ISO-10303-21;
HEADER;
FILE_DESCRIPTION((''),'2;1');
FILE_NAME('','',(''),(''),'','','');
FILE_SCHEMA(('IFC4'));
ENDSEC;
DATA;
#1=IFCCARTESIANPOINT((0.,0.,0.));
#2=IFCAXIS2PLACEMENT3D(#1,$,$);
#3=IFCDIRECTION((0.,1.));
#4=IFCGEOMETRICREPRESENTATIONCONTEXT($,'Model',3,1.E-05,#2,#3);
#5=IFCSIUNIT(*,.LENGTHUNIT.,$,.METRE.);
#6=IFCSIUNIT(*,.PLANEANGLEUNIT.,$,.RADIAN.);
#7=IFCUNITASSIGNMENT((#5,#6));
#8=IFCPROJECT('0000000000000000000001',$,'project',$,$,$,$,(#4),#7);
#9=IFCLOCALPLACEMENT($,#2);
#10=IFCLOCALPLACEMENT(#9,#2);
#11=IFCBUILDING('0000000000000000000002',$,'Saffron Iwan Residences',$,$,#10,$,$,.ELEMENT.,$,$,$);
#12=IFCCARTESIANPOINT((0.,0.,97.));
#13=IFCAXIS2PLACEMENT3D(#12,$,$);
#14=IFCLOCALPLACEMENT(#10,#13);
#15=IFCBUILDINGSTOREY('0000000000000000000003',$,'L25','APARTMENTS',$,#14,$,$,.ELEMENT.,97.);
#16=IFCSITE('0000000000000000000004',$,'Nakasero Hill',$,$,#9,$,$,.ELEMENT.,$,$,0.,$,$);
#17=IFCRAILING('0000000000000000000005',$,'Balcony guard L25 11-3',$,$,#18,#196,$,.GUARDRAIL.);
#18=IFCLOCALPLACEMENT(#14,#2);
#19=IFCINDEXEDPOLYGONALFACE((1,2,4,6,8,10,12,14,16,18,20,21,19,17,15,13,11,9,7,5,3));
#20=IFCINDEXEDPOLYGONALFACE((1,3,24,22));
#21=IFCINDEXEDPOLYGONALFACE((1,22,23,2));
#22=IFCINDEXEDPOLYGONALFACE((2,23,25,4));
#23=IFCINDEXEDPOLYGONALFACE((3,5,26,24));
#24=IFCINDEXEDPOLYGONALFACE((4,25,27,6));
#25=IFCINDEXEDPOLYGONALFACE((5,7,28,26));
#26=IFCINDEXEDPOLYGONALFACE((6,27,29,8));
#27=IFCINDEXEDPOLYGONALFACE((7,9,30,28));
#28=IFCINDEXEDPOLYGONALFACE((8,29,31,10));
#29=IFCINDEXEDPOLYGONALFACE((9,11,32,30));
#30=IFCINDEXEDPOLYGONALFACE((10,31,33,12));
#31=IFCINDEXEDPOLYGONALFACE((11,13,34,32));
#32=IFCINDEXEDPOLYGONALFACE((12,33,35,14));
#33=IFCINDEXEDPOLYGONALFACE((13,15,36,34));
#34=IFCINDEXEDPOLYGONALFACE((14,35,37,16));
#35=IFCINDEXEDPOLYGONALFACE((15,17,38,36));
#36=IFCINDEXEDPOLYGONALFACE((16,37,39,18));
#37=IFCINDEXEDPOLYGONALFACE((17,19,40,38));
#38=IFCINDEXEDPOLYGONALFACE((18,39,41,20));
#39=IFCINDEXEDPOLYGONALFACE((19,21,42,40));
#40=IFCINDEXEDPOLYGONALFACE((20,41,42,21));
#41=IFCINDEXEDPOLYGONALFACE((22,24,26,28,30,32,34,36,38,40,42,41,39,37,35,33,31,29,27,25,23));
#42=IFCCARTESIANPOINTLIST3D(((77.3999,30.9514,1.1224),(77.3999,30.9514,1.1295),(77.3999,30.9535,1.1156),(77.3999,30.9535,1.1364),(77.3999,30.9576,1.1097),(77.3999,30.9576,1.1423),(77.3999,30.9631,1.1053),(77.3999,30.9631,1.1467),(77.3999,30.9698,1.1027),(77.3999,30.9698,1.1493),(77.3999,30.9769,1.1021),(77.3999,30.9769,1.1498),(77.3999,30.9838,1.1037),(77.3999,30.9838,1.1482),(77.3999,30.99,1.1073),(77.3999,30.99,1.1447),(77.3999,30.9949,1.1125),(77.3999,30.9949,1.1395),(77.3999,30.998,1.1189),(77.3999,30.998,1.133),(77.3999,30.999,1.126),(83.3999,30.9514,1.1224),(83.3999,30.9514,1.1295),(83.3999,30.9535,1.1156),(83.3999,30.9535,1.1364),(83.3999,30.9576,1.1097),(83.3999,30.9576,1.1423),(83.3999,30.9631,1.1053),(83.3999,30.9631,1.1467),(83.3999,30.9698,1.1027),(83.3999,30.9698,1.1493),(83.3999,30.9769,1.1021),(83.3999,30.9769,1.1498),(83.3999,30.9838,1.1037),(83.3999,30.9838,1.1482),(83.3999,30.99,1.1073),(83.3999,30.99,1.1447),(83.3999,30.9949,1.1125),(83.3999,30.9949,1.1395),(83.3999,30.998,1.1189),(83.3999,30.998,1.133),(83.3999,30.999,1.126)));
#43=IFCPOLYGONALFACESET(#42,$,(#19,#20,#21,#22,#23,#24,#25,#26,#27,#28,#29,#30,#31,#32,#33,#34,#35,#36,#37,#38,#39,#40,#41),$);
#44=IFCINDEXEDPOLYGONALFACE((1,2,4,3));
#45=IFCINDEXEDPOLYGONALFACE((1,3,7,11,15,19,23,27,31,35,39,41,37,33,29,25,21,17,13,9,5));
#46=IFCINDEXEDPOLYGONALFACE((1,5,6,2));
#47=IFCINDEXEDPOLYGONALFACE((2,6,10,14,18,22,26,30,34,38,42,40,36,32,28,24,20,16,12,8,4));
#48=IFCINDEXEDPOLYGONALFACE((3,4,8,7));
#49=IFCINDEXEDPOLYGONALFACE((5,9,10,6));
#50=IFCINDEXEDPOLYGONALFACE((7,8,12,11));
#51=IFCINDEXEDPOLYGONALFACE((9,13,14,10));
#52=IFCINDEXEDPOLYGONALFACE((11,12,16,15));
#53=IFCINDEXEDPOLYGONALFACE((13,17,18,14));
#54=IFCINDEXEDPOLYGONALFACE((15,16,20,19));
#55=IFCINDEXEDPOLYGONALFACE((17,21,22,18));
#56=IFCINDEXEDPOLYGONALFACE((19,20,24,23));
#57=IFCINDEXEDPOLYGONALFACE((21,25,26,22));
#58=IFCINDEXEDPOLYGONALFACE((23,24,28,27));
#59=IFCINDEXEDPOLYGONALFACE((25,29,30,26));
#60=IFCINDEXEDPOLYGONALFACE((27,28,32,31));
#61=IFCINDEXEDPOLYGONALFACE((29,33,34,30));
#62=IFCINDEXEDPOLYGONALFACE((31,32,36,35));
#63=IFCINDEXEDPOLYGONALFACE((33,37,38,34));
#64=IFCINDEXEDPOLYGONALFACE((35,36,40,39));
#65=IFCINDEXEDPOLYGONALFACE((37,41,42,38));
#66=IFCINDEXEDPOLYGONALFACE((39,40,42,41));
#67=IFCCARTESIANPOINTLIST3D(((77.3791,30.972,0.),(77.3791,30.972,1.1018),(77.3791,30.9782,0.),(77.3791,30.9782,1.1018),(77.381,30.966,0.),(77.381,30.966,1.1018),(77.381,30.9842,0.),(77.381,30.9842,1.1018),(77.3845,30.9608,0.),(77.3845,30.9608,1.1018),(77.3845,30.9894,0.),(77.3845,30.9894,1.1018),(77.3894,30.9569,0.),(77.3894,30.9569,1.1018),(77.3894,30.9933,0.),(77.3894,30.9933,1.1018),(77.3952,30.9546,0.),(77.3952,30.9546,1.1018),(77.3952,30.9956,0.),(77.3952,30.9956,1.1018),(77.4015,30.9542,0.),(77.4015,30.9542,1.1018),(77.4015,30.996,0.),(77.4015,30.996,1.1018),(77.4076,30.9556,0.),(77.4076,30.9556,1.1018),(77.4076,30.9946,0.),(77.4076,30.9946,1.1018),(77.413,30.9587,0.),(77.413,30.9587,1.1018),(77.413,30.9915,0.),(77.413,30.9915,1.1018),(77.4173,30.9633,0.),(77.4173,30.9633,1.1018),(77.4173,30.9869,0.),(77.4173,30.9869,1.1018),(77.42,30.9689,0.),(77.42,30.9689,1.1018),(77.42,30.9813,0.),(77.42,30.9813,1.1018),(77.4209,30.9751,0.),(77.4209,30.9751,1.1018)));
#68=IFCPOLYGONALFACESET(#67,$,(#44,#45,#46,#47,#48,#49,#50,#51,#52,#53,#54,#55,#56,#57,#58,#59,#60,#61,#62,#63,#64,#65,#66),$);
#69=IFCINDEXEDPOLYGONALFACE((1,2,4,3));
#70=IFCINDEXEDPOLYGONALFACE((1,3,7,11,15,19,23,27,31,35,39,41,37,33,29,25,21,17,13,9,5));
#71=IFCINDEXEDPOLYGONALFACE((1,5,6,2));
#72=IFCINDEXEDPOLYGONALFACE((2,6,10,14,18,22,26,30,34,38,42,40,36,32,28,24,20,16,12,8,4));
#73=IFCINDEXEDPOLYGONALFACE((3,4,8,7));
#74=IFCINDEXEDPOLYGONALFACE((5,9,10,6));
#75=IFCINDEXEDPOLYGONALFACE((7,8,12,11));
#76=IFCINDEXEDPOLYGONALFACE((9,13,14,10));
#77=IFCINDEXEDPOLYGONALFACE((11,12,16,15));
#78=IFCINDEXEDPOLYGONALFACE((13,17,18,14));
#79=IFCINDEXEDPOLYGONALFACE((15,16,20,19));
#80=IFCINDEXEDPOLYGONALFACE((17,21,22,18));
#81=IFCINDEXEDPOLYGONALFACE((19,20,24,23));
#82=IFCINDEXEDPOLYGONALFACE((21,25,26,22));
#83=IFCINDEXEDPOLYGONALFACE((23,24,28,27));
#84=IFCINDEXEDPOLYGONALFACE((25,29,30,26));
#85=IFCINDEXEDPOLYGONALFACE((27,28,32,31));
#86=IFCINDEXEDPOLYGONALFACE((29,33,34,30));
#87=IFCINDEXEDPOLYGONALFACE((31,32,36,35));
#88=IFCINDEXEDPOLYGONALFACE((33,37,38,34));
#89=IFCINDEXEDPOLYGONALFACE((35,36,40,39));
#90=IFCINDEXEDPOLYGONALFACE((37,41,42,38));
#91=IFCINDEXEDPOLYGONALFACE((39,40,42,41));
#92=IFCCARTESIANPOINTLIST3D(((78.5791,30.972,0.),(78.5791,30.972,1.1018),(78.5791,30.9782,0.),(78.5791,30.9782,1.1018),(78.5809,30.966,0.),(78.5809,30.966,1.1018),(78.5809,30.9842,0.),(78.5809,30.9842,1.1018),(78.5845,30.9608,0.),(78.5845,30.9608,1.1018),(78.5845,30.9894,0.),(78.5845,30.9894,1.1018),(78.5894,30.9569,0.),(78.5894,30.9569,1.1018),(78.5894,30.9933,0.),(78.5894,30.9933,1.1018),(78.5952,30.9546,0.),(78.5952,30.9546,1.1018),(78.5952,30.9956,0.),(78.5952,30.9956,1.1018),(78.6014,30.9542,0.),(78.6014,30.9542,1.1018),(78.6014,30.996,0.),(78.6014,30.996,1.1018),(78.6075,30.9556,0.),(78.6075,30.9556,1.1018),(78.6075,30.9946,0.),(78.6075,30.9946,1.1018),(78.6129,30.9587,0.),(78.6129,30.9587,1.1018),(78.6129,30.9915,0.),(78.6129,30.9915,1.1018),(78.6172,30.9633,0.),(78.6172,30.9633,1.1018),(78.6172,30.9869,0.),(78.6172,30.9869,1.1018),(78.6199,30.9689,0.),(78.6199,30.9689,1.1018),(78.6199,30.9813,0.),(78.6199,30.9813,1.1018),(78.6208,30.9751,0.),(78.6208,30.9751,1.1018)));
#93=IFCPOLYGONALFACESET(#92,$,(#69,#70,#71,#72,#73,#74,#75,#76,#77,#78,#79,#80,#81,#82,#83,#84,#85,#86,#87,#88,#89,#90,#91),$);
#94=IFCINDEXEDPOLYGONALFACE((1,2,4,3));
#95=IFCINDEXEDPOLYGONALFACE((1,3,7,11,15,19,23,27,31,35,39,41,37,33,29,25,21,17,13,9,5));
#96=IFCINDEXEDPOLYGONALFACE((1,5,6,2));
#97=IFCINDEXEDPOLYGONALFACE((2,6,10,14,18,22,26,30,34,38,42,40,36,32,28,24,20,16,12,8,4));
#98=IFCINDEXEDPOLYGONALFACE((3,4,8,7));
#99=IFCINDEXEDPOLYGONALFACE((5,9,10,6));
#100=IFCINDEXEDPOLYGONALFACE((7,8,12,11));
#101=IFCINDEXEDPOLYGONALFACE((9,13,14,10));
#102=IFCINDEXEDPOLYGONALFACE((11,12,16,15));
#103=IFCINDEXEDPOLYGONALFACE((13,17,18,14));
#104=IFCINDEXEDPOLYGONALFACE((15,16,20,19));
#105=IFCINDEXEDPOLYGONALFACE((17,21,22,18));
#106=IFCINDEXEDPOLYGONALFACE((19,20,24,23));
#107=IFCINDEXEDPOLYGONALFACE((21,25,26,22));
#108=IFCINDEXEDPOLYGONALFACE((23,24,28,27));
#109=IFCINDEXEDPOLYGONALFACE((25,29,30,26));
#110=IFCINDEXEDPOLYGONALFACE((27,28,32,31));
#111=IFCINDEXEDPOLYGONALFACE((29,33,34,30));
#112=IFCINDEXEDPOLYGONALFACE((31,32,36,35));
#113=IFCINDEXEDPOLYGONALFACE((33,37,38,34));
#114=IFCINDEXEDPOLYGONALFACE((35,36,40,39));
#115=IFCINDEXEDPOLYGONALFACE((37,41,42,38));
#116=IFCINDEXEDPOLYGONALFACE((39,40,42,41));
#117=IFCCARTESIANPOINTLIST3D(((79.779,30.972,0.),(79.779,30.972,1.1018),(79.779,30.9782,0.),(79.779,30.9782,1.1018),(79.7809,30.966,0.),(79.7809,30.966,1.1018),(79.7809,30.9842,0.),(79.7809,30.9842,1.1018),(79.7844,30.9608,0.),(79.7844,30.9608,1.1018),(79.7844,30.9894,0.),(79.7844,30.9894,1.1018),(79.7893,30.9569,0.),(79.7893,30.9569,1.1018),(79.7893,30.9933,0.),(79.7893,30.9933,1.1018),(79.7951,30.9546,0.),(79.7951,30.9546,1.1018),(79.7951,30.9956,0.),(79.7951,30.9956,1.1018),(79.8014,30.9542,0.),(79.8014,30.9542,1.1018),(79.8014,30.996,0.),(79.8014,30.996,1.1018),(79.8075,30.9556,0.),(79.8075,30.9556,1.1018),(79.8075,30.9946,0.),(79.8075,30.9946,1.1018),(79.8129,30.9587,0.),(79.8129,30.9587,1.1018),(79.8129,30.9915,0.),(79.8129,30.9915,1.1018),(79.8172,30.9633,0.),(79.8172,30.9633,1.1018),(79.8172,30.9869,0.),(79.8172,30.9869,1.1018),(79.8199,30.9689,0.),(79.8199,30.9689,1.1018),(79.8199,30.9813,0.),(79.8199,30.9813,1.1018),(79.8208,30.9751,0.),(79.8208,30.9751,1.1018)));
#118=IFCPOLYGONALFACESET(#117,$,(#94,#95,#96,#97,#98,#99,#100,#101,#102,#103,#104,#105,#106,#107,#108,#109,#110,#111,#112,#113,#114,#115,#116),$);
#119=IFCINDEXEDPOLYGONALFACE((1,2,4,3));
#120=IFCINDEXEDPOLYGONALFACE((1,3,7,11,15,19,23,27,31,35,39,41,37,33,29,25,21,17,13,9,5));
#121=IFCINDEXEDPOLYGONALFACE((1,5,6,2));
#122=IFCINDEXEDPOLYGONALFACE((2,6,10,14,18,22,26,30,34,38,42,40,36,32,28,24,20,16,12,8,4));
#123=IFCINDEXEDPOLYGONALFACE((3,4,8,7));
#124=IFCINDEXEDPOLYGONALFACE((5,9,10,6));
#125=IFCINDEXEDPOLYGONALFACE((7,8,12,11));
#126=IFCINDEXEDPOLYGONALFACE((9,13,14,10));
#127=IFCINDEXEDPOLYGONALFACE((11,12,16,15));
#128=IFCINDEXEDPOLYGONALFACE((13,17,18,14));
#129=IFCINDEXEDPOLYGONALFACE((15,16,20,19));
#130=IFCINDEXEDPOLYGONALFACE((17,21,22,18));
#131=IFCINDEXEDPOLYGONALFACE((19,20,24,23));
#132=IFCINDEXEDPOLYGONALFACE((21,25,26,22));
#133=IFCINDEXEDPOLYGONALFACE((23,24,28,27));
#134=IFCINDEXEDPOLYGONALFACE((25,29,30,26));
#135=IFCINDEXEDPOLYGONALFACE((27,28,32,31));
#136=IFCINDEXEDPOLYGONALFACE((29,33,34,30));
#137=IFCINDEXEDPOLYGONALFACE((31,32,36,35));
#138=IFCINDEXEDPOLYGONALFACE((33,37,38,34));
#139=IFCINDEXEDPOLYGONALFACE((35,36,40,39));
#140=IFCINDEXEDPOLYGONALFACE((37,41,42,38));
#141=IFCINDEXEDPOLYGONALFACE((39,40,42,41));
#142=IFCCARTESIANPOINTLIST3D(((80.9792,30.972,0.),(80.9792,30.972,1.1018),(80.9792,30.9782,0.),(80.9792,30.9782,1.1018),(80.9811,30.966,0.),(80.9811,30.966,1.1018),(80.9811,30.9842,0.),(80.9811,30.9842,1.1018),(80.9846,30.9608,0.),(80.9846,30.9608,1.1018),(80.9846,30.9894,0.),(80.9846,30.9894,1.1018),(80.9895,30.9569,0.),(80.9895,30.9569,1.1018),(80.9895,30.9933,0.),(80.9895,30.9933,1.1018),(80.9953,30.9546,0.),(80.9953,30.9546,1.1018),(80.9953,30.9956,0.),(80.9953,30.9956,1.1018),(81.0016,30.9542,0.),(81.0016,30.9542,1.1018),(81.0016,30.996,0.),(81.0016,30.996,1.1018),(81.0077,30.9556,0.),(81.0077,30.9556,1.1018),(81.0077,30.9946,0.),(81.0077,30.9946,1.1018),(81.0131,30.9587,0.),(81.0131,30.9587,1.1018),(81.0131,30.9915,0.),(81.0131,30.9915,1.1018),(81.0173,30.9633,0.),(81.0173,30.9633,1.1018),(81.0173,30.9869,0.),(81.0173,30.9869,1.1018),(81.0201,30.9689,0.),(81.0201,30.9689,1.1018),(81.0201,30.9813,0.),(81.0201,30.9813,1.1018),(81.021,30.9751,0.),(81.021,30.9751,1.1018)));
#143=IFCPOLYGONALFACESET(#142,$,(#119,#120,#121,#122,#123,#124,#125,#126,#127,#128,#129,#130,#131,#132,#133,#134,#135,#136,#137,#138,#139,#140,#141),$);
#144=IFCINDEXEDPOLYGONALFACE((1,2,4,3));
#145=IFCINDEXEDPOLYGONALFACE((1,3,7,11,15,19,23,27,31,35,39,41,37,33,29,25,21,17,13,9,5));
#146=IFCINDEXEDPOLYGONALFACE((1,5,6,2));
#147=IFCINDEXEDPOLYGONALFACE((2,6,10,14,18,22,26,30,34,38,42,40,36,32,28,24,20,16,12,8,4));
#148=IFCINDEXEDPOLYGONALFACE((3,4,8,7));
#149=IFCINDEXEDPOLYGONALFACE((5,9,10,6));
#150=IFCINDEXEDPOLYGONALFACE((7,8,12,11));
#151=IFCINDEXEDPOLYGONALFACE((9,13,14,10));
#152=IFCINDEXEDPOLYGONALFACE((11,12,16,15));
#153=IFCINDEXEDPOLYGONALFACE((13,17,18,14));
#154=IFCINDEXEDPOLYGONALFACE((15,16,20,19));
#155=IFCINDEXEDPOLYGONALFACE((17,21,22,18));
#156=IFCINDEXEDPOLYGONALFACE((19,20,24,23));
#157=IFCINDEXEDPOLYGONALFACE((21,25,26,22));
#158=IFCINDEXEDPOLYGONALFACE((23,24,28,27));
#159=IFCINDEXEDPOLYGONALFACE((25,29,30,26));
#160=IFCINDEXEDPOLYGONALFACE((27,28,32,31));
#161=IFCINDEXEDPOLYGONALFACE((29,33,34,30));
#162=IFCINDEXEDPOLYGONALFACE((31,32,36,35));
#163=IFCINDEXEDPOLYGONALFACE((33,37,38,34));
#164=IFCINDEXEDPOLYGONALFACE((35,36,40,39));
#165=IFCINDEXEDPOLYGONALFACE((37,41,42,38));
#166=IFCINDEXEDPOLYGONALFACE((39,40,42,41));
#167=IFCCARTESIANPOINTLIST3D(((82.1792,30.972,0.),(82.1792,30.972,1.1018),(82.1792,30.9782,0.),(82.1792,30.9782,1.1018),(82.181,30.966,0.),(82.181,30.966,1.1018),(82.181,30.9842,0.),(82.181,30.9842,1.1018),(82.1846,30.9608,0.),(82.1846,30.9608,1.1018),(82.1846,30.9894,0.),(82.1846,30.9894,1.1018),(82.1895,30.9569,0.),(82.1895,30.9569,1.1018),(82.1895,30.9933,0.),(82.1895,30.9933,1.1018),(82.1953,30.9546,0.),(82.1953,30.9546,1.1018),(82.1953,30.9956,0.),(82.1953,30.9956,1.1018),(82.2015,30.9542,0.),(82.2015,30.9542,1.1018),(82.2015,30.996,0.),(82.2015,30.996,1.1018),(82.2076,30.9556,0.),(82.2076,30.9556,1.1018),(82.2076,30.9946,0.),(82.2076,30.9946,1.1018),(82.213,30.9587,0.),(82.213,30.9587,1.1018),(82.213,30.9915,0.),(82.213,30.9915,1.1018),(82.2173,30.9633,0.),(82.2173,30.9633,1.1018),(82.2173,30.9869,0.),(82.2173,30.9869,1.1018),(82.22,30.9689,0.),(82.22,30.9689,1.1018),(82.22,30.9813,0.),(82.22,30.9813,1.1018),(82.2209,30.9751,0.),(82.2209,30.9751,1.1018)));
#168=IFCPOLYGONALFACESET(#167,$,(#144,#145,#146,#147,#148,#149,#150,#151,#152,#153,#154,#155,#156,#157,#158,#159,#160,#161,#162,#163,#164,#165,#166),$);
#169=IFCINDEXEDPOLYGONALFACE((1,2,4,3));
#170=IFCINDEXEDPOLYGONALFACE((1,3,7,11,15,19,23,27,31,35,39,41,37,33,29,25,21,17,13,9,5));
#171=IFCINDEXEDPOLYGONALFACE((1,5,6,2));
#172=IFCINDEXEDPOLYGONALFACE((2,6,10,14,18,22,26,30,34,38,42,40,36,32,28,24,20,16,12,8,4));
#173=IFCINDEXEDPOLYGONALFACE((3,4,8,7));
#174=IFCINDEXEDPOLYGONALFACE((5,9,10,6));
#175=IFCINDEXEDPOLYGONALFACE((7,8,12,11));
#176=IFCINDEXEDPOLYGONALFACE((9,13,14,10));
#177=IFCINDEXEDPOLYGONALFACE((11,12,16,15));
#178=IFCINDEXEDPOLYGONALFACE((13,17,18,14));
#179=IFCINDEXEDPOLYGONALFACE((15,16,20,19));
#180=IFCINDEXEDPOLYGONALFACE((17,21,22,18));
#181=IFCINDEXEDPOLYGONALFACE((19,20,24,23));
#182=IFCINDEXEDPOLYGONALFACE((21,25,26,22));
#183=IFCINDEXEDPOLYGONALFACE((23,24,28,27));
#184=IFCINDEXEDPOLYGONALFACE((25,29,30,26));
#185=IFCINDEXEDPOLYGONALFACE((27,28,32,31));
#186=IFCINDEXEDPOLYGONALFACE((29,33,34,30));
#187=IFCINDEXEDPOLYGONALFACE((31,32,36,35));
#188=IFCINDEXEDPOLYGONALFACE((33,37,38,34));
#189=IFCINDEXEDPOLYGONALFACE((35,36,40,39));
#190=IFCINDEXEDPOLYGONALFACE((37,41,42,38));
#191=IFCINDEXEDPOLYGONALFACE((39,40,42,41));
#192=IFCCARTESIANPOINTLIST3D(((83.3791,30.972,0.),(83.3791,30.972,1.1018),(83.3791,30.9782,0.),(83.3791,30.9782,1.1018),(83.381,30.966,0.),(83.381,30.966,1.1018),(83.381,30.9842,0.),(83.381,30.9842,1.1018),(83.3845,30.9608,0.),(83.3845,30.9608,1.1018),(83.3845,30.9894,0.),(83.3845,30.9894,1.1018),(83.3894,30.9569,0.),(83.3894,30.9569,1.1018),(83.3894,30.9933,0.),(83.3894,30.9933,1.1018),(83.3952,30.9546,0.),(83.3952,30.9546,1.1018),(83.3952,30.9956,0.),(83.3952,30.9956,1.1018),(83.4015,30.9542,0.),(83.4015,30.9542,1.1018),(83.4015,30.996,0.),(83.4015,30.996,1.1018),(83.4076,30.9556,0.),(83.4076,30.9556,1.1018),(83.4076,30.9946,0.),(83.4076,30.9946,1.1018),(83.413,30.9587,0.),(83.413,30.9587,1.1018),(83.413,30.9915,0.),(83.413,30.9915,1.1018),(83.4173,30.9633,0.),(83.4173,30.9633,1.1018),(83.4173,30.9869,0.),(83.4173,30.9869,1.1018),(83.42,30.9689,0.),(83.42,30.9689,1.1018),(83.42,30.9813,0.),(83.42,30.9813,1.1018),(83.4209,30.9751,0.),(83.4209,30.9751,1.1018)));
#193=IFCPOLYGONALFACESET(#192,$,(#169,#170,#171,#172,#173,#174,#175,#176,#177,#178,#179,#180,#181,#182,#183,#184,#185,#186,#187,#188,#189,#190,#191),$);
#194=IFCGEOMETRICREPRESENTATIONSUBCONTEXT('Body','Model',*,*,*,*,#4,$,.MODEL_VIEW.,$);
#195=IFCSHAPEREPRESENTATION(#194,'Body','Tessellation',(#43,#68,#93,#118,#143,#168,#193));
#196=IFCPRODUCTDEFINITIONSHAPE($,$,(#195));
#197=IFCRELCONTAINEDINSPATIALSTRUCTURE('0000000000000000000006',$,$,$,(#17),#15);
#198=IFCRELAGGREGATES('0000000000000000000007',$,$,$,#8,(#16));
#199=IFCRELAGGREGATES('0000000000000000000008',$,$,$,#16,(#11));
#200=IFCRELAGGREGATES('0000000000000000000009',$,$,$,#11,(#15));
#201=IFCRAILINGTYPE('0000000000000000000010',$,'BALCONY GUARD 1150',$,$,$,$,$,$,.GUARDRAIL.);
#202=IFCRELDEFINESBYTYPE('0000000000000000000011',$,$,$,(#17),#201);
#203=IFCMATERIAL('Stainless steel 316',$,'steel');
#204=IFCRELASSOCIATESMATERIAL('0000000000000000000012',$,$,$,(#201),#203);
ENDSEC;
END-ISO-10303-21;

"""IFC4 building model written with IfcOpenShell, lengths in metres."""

from ifc_helpers import new_model, si_unit, direction, frame, origin, origin_2d, place, context, subcontext, project, spatial, circle, extrude, material, type_object, element, save


model = new_model("IFC4")

# Units and contexts
model_context = context("Model", 3, precision=1e-05, world=origin(), true_north=direction((0.0, 1.0)))
body_context = subcontext(model_context, "Body", "Model", "MODEL_VIEW")
ifc_project = project(units=[si_unit("LENGTHUNIT", "METRE"), si_unit("PLANEANGLEUNIT", "RADIAN")], contexts=[model_context])

# Site, building, storey
site_placement = place(None, origin())
site = spatial("IfcSite", under=ifc_project, at=site_placement, Name="Nakasero Hill", CompositionType="ELEMENT", RefElevation=0.0)
building_placement = place(site_placement, origin())
building = spatial("IfcBuilding", under=site, at=building_placement, Name="Saffron Iwan Residences", CompositionType="ELEMENT")
storey_placement = place(building_placement, frame((0.0, 0.0, 97.0)))
storey = spatial("IfcBuildingStorey", under=building, at=storey_placement, Name="L25", Description="APARTMENTS", CompositionType="ELEMENT", Elevation=97.0)

# Railing
ifc_material_1 = material(Name="Stainless steel 316", Category="steel")
railing_type = type_object("IfcRailingType", Name="BALCONY GUARD 1150", PredefinedType="GUARDRAIL", material=ifc_material_1)
railing_placement = place(storey_placement, frame((77.3999, 30.9751, 0.0)))
element("IfcRailing", 1, at=railing_placement, inside=storey, type_object=railing_type, Name="Balcony guard L25 11-3", PredefinedType="GUARDRAIL", context=body_context, shape_type="SweptSolid", body=[
    extrude(circle(Radius=0.0239, at=origin_2d()), frame((0.0, 0.0, 1.126), z_axis=(1.0, 0.0, 0.0), x_axis=(0.0, 1.0, 0.0)), (0.0, 0.0, 1.0), 6.0),
    extrude(circle(Radius=0.021, at=origin_2d()), origin(), (0.0, 0.0, 1.0), 1.1018),
    extrude(circle(Radius=0.021, at=origin_2d()), frame((1.2, 0.0, 0.0)), (0.0, 0.0, 1.0), 1.1018),
    extrude(circle(Radius=0.021, at=origin_2d()), frame((2.3999, 0.0, 0.0)), (0.0, 0.0, 1.0), 1.1018),
    extrude(circle(Radius=0.021, at=origin_2d()), frame((3.6001, 0.0, 0.0)), (0.0, 0.0, 1.0), 1.1018),
    extrude(circle(Radius=0.021, at=origin_2d()), frame((4.8, 0.0, 0.0)), (0.0, 0.0, 1.0), 1.1018),
    extrude(circle(Radius=0.021, at=origin_2d()), frame((6.0, 0.0, 0.0)), (0.0, 0.0, 1.0), 1.1018),
])

save(model, "model.ifc")
